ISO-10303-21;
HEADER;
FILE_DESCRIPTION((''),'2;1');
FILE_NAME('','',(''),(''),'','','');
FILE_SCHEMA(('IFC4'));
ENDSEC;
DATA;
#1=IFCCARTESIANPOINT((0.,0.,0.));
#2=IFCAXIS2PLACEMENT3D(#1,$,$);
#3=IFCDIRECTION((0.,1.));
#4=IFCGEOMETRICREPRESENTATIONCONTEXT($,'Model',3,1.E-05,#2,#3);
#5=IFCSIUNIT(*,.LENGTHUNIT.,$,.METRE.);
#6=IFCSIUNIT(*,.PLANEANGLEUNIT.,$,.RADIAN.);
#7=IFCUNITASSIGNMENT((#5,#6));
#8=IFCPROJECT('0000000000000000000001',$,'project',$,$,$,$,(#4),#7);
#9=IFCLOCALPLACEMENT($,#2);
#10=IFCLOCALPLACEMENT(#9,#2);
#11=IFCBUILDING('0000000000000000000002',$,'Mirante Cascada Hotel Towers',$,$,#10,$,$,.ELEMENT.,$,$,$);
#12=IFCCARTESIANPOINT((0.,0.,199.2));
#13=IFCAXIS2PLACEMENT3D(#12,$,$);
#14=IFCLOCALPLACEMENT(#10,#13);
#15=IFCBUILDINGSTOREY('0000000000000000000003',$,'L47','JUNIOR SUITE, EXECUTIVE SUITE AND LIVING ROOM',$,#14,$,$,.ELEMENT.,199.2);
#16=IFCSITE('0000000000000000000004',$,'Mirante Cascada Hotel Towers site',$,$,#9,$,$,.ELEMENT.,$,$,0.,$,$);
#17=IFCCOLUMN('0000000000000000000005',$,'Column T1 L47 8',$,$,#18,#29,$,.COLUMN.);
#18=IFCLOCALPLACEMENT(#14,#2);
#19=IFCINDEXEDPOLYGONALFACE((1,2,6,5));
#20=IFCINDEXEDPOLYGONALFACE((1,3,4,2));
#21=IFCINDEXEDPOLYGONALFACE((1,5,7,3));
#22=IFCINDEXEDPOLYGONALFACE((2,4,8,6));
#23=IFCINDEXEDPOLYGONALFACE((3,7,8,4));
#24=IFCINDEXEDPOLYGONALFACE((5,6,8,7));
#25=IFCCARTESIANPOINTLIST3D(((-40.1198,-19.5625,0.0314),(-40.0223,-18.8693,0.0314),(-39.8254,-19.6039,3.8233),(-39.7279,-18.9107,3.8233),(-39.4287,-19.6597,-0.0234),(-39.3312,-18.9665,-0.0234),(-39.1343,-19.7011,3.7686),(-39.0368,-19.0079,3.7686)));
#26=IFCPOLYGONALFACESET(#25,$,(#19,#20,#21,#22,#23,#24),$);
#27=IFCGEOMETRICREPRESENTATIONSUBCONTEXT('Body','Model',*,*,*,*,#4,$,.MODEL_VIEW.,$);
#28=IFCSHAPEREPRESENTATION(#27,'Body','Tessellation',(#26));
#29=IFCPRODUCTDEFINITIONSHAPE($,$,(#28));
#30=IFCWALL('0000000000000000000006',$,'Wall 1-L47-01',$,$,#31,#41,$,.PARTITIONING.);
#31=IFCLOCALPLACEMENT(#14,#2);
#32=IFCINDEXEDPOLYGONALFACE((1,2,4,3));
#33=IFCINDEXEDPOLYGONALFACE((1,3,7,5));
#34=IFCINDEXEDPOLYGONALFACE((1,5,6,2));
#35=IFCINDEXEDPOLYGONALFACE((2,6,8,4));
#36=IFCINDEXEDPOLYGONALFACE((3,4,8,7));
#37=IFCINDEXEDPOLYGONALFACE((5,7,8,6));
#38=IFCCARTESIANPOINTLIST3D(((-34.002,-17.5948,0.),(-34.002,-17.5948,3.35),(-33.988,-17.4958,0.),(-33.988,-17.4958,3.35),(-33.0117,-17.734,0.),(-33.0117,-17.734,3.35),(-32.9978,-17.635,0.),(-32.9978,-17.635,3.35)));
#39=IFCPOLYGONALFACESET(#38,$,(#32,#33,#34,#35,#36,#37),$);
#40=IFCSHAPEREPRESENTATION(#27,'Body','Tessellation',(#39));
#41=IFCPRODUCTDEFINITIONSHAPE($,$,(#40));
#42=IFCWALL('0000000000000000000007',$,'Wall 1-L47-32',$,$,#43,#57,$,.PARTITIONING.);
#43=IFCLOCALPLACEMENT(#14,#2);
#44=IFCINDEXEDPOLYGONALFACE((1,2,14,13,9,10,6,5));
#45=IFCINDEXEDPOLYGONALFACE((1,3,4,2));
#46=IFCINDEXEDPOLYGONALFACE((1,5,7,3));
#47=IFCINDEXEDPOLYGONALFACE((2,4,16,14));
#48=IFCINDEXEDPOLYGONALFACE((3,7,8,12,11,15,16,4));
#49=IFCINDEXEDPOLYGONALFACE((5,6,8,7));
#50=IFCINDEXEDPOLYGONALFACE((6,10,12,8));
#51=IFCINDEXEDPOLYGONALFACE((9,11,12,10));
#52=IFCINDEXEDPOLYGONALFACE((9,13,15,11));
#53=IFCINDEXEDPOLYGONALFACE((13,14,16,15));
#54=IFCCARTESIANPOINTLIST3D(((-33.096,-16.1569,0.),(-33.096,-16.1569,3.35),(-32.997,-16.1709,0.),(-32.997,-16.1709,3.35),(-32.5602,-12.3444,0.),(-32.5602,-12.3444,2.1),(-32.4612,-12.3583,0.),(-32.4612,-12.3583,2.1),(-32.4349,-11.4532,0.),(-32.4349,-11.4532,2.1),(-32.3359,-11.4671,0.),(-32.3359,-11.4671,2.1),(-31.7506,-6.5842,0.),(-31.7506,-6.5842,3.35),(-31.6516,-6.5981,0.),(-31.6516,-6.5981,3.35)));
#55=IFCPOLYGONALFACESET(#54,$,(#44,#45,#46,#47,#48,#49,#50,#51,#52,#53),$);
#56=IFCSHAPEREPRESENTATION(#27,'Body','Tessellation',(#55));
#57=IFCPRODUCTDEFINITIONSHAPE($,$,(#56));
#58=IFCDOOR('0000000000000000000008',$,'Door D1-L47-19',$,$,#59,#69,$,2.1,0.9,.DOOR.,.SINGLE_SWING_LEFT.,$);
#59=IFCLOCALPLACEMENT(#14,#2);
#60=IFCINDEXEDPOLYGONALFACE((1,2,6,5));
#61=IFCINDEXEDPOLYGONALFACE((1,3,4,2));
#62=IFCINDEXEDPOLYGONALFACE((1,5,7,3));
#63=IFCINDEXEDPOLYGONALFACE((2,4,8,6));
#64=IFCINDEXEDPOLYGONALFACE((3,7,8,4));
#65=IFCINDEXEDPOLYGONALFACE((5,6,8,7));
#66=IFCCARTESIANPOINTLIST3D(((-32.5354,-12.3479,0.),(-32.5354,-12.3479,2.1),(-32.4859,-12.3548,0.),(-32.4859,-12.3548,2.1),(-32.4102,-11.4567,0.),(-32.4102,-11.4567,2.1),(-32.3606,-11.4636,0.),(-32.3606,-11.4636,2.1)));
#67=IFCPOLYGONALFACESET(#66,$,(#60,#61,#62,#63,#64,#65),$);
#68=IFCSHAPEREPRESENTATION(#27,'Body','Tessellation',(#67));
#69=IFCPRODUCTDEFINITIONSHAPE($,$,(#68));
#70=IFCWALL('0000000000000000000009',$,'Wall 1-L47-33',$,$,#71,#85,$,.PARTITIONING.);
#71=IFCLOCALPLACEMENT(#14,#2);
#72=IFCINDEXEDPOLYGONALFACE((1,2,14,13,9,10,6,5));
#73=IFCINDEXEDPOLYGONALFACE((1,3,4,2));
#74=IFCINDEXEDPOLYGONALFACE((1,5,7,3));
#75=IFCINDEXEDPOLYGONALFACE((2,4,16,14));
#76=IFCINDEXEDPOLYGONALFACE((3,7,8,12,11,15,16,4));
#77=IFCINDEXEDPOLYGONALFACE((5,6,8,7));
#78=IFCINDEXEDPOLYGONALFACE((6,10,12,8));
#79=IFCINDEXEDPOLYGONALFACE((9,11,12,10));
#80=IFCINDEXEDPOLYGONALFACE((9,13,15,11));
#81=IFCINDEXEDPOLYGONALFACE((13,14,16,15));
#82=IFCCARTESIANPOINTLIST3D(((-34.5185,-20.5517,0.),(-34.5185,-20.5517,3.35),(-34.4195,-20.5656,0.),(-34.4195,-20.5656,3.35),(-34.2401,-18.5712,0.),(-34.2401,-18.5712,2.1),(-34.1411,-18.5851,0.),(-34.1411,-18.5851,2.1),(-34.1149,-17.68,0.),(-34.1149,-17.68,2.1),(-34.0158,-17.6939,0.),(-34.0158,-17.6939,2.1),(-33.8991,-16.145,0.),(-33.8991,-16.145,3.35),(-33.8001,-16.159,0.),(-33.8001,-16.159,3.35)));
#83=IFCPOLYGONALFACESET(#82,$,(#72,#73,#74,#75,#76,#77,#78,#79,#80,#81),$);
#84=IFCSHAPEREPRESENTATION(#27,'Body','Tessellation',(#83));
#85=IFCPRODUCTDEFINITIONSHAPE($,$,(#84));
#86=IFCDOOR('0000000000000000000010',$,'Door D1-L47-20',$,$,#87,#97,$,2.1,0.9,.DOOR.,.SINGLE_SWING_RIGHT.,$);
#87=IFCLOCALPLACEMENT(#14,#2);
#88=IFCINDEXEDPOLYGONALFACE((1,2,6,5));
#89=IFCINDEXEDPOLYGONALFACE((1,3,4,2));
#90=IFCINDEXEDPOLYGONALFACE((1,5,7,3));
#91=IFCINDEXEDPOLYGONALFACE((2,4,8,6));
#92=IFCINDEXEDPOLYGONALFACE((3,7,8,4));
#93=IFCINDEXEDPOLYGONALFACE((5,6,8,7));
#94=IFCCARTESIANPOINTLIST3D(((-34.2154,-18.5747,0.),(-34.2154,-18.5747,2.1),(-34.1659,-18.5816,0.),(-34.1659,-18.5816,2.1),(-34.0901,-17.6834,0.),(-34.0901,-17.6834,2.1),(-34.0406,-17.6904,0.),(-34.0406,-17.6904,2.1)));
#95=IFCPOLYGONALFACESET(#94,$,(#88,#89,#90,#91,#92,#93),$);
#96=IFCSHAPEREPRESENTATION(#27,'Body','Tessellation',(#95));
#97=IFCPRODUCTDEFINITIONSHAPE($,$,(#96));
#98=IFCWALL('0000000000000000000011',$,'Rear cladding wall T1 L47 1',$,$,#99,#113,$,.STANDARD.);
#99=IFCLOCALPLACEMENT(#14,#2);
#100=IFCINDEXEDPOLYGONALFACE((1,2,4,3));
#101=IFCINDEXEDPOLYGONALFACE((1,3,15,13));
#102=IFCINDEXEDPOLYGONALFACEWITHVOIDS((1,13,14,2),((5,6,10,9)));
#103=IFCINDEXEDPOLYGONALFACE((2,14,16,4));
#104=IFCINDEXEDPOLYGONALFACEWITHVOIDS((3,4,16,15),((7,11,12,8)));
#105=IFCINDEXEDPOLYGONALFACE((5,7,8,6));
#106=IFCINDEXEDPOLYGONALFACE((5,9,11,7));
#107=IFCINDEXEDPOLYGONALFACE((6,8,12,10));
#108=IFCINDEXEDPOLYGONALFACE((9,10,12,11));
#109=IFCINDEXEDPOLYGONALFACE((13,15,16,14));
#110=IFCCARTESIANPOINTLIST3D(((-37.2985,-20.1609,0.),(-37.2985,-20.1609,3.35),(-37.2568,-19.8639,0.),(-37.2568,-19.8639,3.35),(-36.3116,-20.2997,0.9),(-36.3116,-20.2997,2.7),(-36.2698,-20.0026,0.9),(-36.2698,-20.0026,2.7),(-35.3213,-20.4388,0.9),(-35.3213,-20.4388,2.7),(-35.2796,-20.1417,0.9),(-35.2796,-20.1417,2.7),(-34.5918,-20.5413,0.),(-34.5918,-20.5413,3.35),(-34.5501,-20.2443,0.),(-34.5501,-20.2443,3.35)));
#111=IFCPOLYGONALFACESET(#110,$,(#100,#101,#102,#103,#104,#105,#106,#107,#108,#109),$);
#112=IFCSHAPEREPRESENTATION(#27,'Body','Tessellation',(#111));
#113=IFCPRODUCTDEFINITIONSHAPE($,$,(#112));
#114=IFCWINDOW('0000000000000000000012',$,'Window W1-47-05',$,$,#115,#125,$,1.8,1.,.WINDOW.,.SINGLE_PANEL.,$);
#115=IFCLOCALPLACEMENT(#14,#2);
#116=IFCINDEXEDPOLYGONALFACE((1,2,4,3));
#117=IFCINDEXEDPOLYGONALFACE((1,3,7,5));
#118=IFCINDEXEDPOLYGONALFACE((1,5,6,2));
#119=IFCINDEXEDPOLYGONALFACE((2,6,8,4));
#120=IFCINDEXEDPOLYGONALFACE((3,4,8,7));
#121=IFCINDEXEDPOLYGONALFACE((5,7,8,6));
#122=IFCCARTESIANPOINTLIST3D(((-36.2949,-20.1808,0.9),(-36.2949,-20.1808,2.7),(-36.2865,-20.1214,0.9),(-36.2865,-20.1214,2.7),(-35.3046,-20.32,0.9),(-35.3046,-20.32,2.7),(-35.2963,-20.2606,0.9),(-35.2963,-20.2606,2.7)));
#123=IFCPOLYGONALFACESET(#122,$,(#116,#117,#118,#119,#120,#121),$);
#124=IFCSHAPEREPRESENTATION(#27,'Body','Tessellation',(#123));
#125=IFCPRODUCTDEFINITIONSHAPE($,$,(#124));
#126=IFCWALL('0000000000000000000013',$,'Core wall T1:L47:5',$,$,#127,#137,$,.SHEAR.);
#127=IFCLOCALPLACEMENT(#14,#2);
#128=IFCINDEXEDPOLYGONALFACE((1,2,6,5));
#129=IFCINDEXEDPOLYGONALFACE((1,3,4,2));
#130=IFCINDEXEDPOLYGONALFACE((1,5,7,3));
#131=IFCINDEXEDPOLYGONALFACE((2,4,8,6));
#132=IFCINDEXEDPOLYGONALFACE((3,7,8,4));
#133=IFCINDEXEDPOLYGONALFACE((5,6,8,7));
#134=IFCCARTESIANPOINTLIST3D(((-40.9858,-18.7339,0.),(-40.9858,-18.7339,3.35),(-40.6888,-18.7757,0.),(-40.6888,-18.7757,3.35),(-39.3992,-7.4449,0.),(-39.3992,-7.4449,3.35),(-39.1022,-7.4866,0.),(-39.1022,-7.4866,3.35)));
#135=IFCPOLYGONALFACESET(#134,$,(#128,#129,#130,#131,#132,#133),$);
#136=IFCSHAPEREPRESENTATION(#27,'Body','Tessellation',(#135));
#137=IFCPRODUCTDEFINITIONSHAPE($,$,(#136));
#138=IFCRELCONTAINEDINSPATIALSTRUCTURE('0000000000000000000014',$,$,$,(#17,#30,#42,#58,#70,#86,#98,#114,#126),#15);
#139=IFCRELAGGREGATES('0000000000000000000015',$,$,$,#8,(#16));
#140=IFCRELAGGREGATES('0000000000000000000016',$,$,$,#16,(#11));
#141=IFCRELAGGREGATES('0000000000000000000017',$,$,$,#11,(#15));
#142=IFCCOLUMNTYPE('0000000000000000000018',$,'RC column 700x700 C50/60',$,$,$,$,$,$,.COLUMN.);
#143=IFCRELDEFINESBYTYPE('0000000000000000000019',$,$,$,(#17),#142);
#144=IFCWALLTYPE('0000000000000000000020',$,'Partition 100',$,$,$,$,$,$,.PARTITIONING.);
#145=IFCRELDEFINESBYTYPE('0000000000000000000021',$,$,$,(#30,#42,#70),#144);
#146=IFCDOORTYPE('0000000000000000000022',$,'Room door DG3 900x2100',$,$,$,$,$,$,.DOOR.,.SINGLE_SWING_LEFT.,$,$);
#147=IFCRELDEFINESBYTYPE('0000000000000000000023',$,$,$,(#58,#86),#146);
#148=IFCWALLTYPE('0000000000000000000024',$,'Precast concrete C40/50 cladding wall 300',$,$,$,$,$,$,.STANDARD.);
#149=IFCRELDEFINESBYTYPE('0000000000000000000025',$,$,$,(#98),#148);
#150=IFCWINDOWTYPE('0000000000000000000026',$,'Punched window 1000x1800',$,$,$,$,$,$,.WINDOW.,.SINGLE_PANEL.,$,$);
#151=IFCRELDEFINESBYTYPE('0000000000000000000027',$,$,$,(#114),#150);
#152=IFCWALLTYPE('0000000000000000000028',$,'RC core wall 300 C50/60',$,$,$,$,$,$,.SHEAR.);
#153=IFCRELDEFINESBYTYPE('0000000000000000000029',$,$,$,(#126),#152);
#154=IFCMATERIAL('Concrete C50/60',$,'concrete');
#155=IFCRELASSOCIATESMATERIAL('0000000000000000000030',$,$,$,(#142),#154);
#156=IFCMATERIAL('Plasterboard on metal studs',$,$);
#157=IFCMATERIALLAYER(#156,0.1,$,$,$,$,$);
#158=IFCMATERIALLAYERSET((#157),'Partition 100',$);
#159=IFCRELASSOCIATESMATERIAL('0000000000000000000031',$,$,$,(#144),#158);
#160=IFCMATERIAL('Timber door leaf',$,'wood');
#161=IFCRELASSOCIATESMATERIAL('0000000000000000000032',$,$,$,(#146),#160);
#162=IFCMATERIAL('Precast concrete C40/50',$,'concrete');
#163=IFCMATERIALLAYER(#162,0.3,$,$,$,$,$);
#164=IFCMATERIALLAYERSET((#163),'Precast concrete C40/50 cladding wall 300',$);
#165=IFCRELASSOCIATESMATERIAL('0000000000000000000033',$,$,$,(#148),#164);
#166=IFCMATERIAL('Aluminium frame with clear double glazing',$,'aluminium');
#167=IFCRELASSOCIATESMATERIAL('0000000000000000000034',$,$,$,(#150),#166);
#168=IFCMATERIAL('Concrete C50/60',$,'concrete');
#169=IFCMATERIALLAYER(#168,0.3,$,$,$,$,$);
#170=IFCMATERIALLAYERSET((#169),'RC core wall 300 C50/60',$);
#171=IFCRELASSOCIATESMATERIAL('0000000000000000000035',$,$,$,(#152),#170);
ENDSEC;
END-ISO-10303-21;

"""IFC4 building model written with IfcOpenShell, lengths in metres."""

from ifc_helpers import new_model, si_unit, direction, frame, frame_2d, origin, origin_2d, place, context, subcontext, project, spatial, rectangle, extrude, material, layer, layer_set, material_profile, profile_set, type_object, element, fill, save


model = new_model("IFC4")

# Units and contexts
model_context = context("Model", 3, precision=1e-05, world=origin(), true_north=direction((0.0, 1.0)))
body_context = subcontext(model_context, "Body", "Model", "MODEL_VIEW")
ifc_project = project(units=[si_unit("LENGTHUNIT", "METRE"), si_unit("PLANEANGLEUNIT", "RADIAN")], contexts=[model_context])

# Site, building, storey
site_placement = place(None, origin())
site = spatial("IfcSite", under=ifc_project, at=site_placement, Name="Mirante Cascada Hotel Towers site", CompositionType="ELEMENT", RefElevation=0.0)
building_placement = place(site_placement, origin())
building = spatial("IfcBuilding", under=site, at=building_placement, Name="Mirante Cascada Hotel Towers", CompositionType="ELEMENT")
storey_placement = place(building_placement, frame((0.0, 0.0, 199.2)))
storey = spatial("IfcBuildingStorey", under=building, at=storey_placement, Name="L47", Description="JUNIOR SUITE, EXECUTIVE SUITE AND LIVING ROOM", CompositionType="ELEMENT", Elevation=199.2)

# Column
ifc_material_1 = material(Name="Concrete C50/60", Category="concrete")
ifc_material_profile = material_profile(ifc_material_1, rectangle(XDim=0.7, YDim=0.7, at=origin_2d()), Name="RC column 700x700 C50/60")
ifc_profile_set = profile_set([ifc_material_profile], Name="Concrete C50/60")
column_type = type_object("IfcColumnType", Name="RC column 700x700 C50/60", PredefinedType="COLUMN", material=ifc_profile_set)
column_placement = place(storey_placement, frame((-39.7255, -19.2645, 0.004), z_axis=(0.0774, -0.010884, 0.996941), x_axis=(0.139255, 0.990257, 0.0)))
element("IfcColumn", 1, at=column_placement, inside=storey, type_object=column_type, Name="Column T1 L47 8", PredefinedType="COLUMN", context=body_context, shape_type="SweptSolid", body=[
    extrude(rectangle(XDim=0.7, YDim=0.7, at=origin_2d()), origin(), (0.0, 0.0, 1.0), 3.8036),
])

# Wall
ifc_material_2 = material(Name="Plasterboard on metal studs")
ifc_layer_1 = layer(ifc_material_2, 0.1)
ifc_layer_set_1 = layer_set([ifc_layer_1], Name="Partition 100")
wall_type_1 = type_object("IfcWallType", Name="Partition 100", PredefinedType="PARTITIONING", material=ifc_layer_set_1)
wall_1_placement = place(storey_placement, frame((-33.995, -17.5453, 0.0), z_axis=(0.0, 0.0, 1.0), x_axis=(0.990265, -0.139195, 0.0)))
element("IfcWall", 2, at=wall_1_placement, inside=storey, type_object=wall_type_1, Name="Wall 1-L47-01", PredefinedType="PARTITIONING", context=body_context, shape_type="SweptSolid", body=[
    extrude(rectangle(XDim=1.0, YDim=0.1, at=frame_2d((0.5, 0.0))), origin(), (0.0, 0.0, 1.0), 3.35),
])

# Walls, openings, doors
wall_2_placement = place(storey_placement, frame((-33.0465, -16.1639, 0.0), z_axis=(0.0, 0.0, 1.0), x_axis=(0.139178, 0.990267, 0.0)))
wall_2 = element("IfcWall", 3, at=wall_2_placement, inside=storey, type_object=wall_type_1, Name="Wall 1-L47-32", PredefinedType="PARTITIONING", context=body_context, shape_type="SweptSolid", body=[
    extrude(rectangle(XDim=9.6668, YDim=0.1, at=frame_2d((4.8334, 0.0))), origin(), (0.0, 0.0, 1.0), 3.35),
])
opening_1_placement = place(wall_2_placement, frame((3.85, 0.0, 0.0)))
opening_1 = element("IfcOpeningElement", 4, at=opening_1_placement, cuts=wall_2, PredefinedType="OPENING", context=body_context, shape_type="SweptSolid", body=[
    extrude(rectangle(XDim=0.9, YDim=2.1, at=frame_2d((0.45, 1.05))), frame((0.0, 0.05, 0.0), z_axis=(0.0, -1.0, 0.0), x_axis=(1.0, 0.0, 0.0)), (0.0, 0.0, 1.0), 0.1),
])
ifc_material_3 = material(Name="Timber door leaf", Category="wood")
door_type_1 = type_object("IfcDoorType", Name="Room door DG3 900x2100", OperationType="SINGLE_SWING_LEFT", PredefinedType="DOOR", material=ifc_material_3)
door_1_placement = place(opening_1_placement, origin())
door_1 = element("IfcDoor", 5, at=door_1_placement, inside=storey, type_object=door_type_1, Name="Door D1-L47-19", OperationType="SINGLE_SWING_LEFT", OverallHeight=2.1, OverallWidth=0.9, PredefinedType="DOOR", context=body_context, shape_type="SweptSolid", body=[
    extrude(rectangle(XDim=0.9, YDim=2.1, at=frame_2d((0.45, 1.05))), frame((0.0, 0.025, 0.0), z_axis=(0.0, -1.0, 0.0), x_axis=(1.0, 0.0, 0.0)), (0.0, 0.0, 1.0), 0.05),
])
fill(opening_1, door_1)
wall_3_placement = place(storey_placement, frame((-33.8496, -16.152, 0.0), z_axis=(0.0, 0.0, 1.0), x_axis=(-0.13919, -0.990266, 0.0)))
wall_3 = element("IfcWall", 6, at=wall_3_placement, inside=storey, type_object=wall_type_1, Name="Wall 1-L47-33", PredefinedType="PARTITIONING", context=body_context, shape_type="SweptSolid", body=[
    extrude(rectangle(XDim=4.45, YDim=0.1, at=frame_2d((2.225, 0.0))), origin(), (0.0, 0.0, 1.0), 3.35),
])
opening_2_placement = place(wall_3_placement, frame((1.55, 0.0, 0.0)))
opening_2 = element("IfcOpeningElement", 7, at=opening_2_placement, cuts=wall_3, PredefinedType="OPENING", context=body_context, shape_type="SweptSolid", body=[
    extrude(rectangle(XDim=0.9, YDim=2.1, at=frame_2d((0.45, 1.05))), frame((0.0, 0.05, 0.0), z_axis=(0.0, -1.0, 0.0), x_axis=(1.0, 0.0, 0.0)), (0.0, 0.0, 1.0), 0.1),
])
door_2_placement = place(opening_2_placement, frame((0.9, 0.0, 0.0), z_axis=(0.0, 0.0, 1.0), x_axis=(-1.0, 0.0, 0.0)))
door_2 = element("IfcDoor", 8, at=door_2_placement, inside=storey, type_object=door_type_1, Name="Door D1-L47-20", OperationType="SINGLE_SWING_RIGHT", OverallHeight=2.1, OverallWidth=0.9, PredefinedType="DOOR", context=body_context, shape_type="SweptSolid", body=[
    extrude(rectangle(XDim=0.9, YDim=2.1, at=frame_2d((0.45, 1.05))), frame((0.0, 0.025, 0.0), z_axis=(0.0, -1.0, 0.0), x_axis=(1.0, 0.0, 0.0)), (0.0, 0.0, 1.0), 0.05),
])
fill(opening_2, door_2)

# Wall, opening, window
ifc_material_4 = material(Name="Precast concrete C40/50", Category="concrete")
ifc_layer_2 = layer(ifc_material_4, 0.3)
ifc_layer_set_2 = layer_set([ifc_layer_2], Name="Precast concrete C40/50 cladding wall 300")
wall_type_2 = type_object("IfcWallType", Name="Precast concrete C40/50 cladding wall 300", PredefinedType="STANDARD", material=ifc_layer_set_2)
wall_4_placement = place(storey_placement, frame((-34.571, -20.3928, 0.0), z_axis=(0.0, 0.0, 1.0), x_axis=(-0.990268, 0.139172, 0.0)))
wall_4 = element("IfcWall", 9, at=wall_4_placement, inside=storey, type_object=wall_type_2, Name="Rear cladding wall T1 L47 1", PredefinedType="STANDARD", context=body_context, shape_type="SweptSolid", body=[
    extrude(rectangle(XDim=2.7333, YDim=0.3, at=frame_2d((1.3666, 0.0))), origin(), (0.0, 0.0, 1.0), 3.35),
])
opening_3_placement = place(wall_4_placement, frame((0.7366, 0.0, 0.9)))
opening_3 = element("IfcOpeningElement", 10, at=opening_3_placement, cuts=wall_4, PredefinedType="OPENING", context=body_context, shape_type="SweptSolid", body=[
    extrude(rectangle(XDim=1.0, YDim=1.8, at=frame_2d((0.5, 0.9))), frame((0.0, 0.15, 0.0), z_axis=(0.0, -1.0, 0.0), x_axis=(1.0, 0.0, 0.0)), (0.0, 0.0, 1.0), 0.3),
])
ifc_material_5 = material(Name="Aluminium frame with clear double glazing", Category="aluminium")
window_type = type_object("IfcWindowType", Name="Punched window 1000x1800", PartitioningType="SINGLE_PANEL", PredefinedType="WINDOW", material=ifc_material_5)
window_placement = place(opening_3_placement, origin())
window = element("IfcWindow", 11, at=window_placement, inside=storey, type_object=window_type, Name="Window W1-47-05", OverallHeight=1.8, OverallWidth=1.0, PartitioningType="SINGLE_PANEL", PredefinedType="WINDOW", context=body_context, shape_type="SweptSolid", body=[
    extrude(rectangle(XDim=1.0, YDim=1.8, at=frame_2d((0.5, 0.9))), frame((0.0, 0.03, 0.0), z_axis=(0.0, -1.0, 0.0), x_axis=(1.0, 0.0, 0.0)), (0.0, 0.0, 1.0), 0.06),
])
fill(opening_3, window)

# Wall
ifc_material_6 = material(Name="Concrete C50/60", Category="concrete")
ifc_layer_3 = layer(ifc_material_6, 0.3)
ifc_layer_set_3 = layer_set([ifc_layer_3], Name="RC core wall 300 C50/60")
wall_type_3 = type_object("IfcWallType", Name="RC core wall 300 C50/60", PredefinedType="SHEAR", material=ifc_layer_set_3)
wall_5_placement = place(storey_placement, frame((-40.8373, -18.7548, 0.0), z_axis=(0.0, 0.0, 1.0), x_axis=(0.139175, 0.990268, 0.0)))
element("IfcWall", 12, at=wall_5_placement, inside=storey, type_object=wall_type_3, Name="Core wall T1:L47:5", PredefinedType="SHEAR", context=body_context, shape_type="SweptSolid", body=[
    extrude(rectangle(XDim=11.4, YDim=0.3, at=frame_2d((5.7, 0.0))), origin(), (0.0, 0.0, 1.0), 3.35),
])

save(model, "model.ifc")
